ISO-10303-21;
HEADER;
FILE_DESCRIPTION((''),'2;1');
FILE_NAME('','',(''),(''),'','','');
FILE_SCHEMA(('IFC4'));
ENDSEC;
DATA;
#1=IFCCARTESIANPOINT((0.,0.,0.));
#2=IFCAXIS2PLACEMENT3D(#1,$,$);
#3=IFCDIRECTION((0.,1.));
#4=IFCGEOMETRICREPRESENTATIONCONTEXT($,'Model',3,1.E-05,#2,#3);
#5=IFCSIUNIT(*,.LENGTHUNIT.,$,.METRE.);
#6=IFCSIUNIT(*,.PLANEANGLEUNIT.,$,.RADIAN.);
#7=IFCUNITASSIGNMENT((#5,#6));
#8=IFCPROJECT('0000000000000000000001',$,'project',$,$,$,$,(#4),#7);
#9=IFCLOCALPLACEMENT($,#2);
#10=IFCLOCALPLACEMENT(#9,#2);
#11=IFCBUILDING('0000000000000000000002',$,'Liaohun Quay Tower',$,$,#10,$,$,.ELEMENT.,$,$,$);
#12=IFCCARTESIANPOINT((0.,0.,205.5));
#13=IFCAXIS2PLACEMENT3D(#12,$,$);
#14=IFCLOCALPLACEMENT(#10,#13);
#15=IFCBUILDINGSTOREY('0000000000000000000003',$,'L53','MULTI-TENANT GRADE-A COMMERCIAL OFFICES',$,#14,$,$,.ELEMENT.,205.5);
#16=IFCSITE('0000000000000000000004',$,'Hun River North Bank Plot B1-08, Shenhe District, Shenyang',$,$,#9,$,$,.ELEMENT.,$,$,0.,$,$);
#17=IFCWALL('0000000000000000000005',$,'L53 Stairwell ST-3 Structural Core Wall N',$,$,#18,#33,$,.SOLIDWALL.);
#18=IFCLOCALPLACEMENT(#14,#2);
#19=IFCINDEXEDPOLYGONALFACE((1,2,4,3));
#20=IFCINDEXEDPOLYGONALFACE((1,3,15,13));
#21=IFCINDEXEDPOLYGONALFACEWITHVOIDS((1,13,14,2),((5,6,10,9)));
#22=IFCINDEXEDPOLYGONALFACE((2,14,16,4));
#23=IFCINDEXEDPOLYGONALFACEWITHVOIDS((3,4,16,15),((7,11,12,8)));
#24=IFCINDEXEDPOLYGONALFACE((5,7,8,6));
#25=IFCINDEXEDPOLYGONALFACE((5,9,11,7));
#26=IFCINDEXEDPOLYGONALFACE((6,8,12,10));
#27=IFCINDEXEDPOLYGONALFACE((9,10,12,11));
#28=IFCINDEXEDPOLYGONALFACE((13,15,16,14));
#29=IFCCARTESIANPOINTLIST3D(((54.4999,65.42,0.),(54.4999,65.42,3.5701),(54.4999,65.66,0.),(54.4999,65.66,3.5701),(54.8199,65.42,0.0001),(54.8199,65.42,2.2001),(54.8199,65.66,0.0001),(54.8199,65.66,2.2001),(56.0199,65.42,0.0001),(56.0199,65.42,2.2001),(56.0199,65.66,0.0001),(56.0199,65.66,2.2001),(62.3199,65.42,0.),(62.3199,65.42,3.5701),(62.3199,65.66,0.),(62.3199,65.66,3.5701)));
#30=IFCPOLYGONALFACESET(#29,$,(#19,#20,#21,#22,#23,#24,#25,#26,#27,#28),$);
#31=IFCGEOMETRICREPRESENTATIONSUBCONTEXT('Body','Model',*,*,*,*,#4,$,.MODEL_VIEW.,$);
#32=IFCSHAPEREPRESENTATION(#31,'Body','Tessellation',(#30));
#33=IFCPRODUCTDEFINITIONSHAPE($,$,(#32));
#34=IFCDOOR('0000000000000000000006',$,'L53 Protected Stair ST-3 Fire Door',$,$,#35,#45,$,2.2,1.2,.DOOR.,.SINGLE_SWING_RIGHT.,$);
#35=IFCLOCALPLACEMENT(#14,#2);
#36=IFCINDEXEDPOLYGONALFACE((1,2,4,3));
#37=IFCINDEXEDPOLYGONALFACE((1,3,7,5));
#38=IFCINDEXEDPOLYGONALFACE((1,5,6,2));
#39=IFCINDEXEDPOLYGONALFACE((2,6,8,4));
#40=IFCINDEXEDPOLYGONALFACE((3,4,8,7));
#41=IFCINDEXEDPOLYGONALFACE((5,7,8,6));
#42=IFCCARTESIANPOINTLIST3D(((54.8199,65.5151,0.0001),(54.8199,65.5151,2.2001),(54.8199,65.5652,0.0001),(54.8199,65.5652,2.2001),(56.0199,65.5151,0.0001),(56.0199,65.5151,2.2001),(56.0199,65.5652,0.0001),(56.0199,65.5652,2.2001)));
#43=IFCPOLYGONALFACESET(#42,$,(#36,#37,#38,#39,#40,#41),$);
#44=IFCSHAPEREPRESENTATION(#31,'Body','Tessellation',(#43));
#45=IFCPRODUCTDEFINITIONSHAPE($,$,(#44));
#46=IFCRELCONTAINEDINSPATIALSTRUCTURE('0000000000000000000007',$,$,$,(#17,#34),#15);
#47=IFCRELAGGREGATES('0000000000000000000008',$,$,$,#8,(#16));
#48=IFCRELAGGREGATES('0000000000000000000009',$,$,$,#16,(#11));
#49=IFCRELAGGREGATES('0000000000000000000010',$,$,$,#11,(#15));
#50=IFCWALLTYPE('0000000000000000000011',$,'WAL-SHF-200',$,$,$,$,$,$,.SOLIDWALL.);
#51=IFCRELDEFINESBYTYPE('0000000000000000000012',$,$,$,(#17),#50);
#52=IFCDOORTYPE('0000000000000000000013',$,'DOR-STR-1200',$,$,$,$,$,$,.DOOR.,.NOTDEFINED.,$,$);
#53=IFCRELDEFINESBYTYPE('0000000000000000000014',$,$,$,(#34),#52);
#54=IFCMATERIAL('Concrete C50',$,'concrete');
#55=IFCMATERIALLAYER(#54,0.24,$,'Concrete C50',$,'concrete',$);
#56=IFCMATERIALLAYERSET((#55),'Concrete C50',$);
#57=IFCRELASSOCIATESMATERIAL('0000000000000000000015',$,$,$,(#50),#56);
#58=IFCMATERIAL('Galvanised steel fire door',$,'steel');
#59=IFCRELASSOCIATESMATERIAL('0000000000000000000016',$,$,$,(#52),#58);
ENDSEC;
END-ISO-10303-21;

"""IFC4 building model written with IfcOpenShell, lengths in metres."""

from ifc_helpers import new_model, si_unit, direction, frame, frame_2d, origin, place, context, subcontext, project, spatial, rectangle, extrude, source, transform, mapped, material, layer, layer_set, type_object, element, fill, save


model = new_model("IFC4")

# Units and contexts
model_context = context("Model", 3, precision=1e-05, world=origin(), true_north=direction((0.0, 1.0)))
body_context = subcontext(model_context, "Body", "Model", "MODEL_VIEW")
ifc_project = project(units=[si_unit("LENGTHUNIT", "METRE"), si_unit("PLANEANGLEUNIT", "RADIAN")], contexts=[model_context])

# Site, building, storey
site_placement = place(None, origin())
site = spatial("IfcSite", under=ifc_project, at=site_placement, Name="Hun River North Bank Plot B1-08, Shenhe District, Shenyang", CompositionType="ELEMENT", RefElevation=0.0)
building_placement = place(site_placement, origin())
building = spatial("IfcBuilding", under=site, at=building_placement, Name="Liaohun Quay Tower", CompositionType="ELEMENT")
storey_placement = place(building_placement, frame((0.0, 0.0, 205.5)))
storey = spatial("IfcBuildingStorey", under=building, at=storey_placement, Name="L53", Description="MULTI-TENANT GRADE-A COMMERCIAL OFFICES", CompositionType="ELEMENT", Elevation=205.5)

# Shared definitions
ifc_material_1 = material(Name="Concrete C50", Category="concrete")
ifc_layer_1 = layer(ifc_material_1, 0.24, Name="Concrete C50", Category="concrete")
ifc_layer_set_1 = layer_set([ifc_layer_1], Name="Concrete C50")
wall_type_1 = type_object("IfcWallType", Name="WAL-SHF-200", PredefinedType="SOLIDWALL", material=ifc_layer_set_1)

# Wall, opening, door
wall_1_placement = place(storey_placement, frame((62.3201, 65.54, 0.0), z_axis=(0.0, 0.0, 1.0), x_axis=(-1.0, 0.0, 0.0)))
wall_1 = element("IfcWall", 1, at=wall_1_placement, inside=storey, type_object=wall_type_1, Name="L53 Stairwell ST-3 Structural Core Wall N", PredefinedType="SOLIDWALL", context=body_context, shape_type="SweptSolid", body=[
    extrude(rectangle(XDim=7.8201, YDim=0.24, at=frame_2d((3.9102, 0.0))), origin(), (0.0, 0.0, 1.0), 3.5701),
])
shared_shape_1 = source(origin(), body_context, "Body", "SweptSolid", [
    extrude(rectangle(XDim=1.2, YDim=2.2, at=frame_2d((0.6001, 1.1001))), frame((0.0, 0.1299, 0.0), z_axis=(0.0, -1.0, 0.0), x_axis=(1.0, 0.0, 0.0)), (0.0, 0.0, 1.0), 0.26),
])
opening_1_placement = place(wall_1_placement, frame((6.3, 0.0, 0.0)))
opening_1 = element("IfcOpeningElement", 2, at=opening_1_placement, cuts=wall_1, PredefinedType="OPENING", context=body_context, shape_type="MappedRepresentation", body=[
    mapped(shared_shape_1, transform((0.0, 0.0, 0.0), x_axis=(1.0, 0.0, 0.0), y_axis=(0.0, 1.0, 0.0), z_axis=(0.0, 0.0, 1.0), scale=1.0)),
])
ifc_material_2 = material(Name="Galvanised steel fire door", Category="steel")
door_type_1 = type_object("IfcDoorType", Name="DOR-STR-1200", OperationType="NOTDEFINED", PredefinedType="DOOR", material=ifc_material_2)
shared_shape_2 = source(origin(), body_context, "Body", "SweptSolid", [
    extrude(rectangle(XDim=1.2, YDim=2.2, at=frame_2d((0.6001, 1.1001))), frame((0.0, 0.0249, 0.0), z_axis=(0.0, -1.0, 0.0), x_axis=(1.0, 0.0, 0.0)), (0.0, 0.0, 1.0), 0.05),
])
door_1_placement = place(opening_1_placement, origin())
door_1 = element("IfcDoor", 3, at=door_1_placement, inside=storey, type_object=door_type_1, Name="L53 Protected Stair ST-3 Fire Door", OperationType="SINGLE_SWING_RIGHT", OverallHeight=2.2, OverallWidth=1.2, PredefinedType="DOOR", context=body_context, shape_type="MappedRepresentation", body=[
    mapped(shared_shape_2, transform((0.0, 0.0, 0.0), x_axis=(1.0, 0.0, 0.0), y_axis=(0.0, 1.0, 0.0), z_axis=(0.0, 0.0, 1.0), scale=1.0)),
])
fill(opening_1, door_1)

save(model, "model.ifc")
